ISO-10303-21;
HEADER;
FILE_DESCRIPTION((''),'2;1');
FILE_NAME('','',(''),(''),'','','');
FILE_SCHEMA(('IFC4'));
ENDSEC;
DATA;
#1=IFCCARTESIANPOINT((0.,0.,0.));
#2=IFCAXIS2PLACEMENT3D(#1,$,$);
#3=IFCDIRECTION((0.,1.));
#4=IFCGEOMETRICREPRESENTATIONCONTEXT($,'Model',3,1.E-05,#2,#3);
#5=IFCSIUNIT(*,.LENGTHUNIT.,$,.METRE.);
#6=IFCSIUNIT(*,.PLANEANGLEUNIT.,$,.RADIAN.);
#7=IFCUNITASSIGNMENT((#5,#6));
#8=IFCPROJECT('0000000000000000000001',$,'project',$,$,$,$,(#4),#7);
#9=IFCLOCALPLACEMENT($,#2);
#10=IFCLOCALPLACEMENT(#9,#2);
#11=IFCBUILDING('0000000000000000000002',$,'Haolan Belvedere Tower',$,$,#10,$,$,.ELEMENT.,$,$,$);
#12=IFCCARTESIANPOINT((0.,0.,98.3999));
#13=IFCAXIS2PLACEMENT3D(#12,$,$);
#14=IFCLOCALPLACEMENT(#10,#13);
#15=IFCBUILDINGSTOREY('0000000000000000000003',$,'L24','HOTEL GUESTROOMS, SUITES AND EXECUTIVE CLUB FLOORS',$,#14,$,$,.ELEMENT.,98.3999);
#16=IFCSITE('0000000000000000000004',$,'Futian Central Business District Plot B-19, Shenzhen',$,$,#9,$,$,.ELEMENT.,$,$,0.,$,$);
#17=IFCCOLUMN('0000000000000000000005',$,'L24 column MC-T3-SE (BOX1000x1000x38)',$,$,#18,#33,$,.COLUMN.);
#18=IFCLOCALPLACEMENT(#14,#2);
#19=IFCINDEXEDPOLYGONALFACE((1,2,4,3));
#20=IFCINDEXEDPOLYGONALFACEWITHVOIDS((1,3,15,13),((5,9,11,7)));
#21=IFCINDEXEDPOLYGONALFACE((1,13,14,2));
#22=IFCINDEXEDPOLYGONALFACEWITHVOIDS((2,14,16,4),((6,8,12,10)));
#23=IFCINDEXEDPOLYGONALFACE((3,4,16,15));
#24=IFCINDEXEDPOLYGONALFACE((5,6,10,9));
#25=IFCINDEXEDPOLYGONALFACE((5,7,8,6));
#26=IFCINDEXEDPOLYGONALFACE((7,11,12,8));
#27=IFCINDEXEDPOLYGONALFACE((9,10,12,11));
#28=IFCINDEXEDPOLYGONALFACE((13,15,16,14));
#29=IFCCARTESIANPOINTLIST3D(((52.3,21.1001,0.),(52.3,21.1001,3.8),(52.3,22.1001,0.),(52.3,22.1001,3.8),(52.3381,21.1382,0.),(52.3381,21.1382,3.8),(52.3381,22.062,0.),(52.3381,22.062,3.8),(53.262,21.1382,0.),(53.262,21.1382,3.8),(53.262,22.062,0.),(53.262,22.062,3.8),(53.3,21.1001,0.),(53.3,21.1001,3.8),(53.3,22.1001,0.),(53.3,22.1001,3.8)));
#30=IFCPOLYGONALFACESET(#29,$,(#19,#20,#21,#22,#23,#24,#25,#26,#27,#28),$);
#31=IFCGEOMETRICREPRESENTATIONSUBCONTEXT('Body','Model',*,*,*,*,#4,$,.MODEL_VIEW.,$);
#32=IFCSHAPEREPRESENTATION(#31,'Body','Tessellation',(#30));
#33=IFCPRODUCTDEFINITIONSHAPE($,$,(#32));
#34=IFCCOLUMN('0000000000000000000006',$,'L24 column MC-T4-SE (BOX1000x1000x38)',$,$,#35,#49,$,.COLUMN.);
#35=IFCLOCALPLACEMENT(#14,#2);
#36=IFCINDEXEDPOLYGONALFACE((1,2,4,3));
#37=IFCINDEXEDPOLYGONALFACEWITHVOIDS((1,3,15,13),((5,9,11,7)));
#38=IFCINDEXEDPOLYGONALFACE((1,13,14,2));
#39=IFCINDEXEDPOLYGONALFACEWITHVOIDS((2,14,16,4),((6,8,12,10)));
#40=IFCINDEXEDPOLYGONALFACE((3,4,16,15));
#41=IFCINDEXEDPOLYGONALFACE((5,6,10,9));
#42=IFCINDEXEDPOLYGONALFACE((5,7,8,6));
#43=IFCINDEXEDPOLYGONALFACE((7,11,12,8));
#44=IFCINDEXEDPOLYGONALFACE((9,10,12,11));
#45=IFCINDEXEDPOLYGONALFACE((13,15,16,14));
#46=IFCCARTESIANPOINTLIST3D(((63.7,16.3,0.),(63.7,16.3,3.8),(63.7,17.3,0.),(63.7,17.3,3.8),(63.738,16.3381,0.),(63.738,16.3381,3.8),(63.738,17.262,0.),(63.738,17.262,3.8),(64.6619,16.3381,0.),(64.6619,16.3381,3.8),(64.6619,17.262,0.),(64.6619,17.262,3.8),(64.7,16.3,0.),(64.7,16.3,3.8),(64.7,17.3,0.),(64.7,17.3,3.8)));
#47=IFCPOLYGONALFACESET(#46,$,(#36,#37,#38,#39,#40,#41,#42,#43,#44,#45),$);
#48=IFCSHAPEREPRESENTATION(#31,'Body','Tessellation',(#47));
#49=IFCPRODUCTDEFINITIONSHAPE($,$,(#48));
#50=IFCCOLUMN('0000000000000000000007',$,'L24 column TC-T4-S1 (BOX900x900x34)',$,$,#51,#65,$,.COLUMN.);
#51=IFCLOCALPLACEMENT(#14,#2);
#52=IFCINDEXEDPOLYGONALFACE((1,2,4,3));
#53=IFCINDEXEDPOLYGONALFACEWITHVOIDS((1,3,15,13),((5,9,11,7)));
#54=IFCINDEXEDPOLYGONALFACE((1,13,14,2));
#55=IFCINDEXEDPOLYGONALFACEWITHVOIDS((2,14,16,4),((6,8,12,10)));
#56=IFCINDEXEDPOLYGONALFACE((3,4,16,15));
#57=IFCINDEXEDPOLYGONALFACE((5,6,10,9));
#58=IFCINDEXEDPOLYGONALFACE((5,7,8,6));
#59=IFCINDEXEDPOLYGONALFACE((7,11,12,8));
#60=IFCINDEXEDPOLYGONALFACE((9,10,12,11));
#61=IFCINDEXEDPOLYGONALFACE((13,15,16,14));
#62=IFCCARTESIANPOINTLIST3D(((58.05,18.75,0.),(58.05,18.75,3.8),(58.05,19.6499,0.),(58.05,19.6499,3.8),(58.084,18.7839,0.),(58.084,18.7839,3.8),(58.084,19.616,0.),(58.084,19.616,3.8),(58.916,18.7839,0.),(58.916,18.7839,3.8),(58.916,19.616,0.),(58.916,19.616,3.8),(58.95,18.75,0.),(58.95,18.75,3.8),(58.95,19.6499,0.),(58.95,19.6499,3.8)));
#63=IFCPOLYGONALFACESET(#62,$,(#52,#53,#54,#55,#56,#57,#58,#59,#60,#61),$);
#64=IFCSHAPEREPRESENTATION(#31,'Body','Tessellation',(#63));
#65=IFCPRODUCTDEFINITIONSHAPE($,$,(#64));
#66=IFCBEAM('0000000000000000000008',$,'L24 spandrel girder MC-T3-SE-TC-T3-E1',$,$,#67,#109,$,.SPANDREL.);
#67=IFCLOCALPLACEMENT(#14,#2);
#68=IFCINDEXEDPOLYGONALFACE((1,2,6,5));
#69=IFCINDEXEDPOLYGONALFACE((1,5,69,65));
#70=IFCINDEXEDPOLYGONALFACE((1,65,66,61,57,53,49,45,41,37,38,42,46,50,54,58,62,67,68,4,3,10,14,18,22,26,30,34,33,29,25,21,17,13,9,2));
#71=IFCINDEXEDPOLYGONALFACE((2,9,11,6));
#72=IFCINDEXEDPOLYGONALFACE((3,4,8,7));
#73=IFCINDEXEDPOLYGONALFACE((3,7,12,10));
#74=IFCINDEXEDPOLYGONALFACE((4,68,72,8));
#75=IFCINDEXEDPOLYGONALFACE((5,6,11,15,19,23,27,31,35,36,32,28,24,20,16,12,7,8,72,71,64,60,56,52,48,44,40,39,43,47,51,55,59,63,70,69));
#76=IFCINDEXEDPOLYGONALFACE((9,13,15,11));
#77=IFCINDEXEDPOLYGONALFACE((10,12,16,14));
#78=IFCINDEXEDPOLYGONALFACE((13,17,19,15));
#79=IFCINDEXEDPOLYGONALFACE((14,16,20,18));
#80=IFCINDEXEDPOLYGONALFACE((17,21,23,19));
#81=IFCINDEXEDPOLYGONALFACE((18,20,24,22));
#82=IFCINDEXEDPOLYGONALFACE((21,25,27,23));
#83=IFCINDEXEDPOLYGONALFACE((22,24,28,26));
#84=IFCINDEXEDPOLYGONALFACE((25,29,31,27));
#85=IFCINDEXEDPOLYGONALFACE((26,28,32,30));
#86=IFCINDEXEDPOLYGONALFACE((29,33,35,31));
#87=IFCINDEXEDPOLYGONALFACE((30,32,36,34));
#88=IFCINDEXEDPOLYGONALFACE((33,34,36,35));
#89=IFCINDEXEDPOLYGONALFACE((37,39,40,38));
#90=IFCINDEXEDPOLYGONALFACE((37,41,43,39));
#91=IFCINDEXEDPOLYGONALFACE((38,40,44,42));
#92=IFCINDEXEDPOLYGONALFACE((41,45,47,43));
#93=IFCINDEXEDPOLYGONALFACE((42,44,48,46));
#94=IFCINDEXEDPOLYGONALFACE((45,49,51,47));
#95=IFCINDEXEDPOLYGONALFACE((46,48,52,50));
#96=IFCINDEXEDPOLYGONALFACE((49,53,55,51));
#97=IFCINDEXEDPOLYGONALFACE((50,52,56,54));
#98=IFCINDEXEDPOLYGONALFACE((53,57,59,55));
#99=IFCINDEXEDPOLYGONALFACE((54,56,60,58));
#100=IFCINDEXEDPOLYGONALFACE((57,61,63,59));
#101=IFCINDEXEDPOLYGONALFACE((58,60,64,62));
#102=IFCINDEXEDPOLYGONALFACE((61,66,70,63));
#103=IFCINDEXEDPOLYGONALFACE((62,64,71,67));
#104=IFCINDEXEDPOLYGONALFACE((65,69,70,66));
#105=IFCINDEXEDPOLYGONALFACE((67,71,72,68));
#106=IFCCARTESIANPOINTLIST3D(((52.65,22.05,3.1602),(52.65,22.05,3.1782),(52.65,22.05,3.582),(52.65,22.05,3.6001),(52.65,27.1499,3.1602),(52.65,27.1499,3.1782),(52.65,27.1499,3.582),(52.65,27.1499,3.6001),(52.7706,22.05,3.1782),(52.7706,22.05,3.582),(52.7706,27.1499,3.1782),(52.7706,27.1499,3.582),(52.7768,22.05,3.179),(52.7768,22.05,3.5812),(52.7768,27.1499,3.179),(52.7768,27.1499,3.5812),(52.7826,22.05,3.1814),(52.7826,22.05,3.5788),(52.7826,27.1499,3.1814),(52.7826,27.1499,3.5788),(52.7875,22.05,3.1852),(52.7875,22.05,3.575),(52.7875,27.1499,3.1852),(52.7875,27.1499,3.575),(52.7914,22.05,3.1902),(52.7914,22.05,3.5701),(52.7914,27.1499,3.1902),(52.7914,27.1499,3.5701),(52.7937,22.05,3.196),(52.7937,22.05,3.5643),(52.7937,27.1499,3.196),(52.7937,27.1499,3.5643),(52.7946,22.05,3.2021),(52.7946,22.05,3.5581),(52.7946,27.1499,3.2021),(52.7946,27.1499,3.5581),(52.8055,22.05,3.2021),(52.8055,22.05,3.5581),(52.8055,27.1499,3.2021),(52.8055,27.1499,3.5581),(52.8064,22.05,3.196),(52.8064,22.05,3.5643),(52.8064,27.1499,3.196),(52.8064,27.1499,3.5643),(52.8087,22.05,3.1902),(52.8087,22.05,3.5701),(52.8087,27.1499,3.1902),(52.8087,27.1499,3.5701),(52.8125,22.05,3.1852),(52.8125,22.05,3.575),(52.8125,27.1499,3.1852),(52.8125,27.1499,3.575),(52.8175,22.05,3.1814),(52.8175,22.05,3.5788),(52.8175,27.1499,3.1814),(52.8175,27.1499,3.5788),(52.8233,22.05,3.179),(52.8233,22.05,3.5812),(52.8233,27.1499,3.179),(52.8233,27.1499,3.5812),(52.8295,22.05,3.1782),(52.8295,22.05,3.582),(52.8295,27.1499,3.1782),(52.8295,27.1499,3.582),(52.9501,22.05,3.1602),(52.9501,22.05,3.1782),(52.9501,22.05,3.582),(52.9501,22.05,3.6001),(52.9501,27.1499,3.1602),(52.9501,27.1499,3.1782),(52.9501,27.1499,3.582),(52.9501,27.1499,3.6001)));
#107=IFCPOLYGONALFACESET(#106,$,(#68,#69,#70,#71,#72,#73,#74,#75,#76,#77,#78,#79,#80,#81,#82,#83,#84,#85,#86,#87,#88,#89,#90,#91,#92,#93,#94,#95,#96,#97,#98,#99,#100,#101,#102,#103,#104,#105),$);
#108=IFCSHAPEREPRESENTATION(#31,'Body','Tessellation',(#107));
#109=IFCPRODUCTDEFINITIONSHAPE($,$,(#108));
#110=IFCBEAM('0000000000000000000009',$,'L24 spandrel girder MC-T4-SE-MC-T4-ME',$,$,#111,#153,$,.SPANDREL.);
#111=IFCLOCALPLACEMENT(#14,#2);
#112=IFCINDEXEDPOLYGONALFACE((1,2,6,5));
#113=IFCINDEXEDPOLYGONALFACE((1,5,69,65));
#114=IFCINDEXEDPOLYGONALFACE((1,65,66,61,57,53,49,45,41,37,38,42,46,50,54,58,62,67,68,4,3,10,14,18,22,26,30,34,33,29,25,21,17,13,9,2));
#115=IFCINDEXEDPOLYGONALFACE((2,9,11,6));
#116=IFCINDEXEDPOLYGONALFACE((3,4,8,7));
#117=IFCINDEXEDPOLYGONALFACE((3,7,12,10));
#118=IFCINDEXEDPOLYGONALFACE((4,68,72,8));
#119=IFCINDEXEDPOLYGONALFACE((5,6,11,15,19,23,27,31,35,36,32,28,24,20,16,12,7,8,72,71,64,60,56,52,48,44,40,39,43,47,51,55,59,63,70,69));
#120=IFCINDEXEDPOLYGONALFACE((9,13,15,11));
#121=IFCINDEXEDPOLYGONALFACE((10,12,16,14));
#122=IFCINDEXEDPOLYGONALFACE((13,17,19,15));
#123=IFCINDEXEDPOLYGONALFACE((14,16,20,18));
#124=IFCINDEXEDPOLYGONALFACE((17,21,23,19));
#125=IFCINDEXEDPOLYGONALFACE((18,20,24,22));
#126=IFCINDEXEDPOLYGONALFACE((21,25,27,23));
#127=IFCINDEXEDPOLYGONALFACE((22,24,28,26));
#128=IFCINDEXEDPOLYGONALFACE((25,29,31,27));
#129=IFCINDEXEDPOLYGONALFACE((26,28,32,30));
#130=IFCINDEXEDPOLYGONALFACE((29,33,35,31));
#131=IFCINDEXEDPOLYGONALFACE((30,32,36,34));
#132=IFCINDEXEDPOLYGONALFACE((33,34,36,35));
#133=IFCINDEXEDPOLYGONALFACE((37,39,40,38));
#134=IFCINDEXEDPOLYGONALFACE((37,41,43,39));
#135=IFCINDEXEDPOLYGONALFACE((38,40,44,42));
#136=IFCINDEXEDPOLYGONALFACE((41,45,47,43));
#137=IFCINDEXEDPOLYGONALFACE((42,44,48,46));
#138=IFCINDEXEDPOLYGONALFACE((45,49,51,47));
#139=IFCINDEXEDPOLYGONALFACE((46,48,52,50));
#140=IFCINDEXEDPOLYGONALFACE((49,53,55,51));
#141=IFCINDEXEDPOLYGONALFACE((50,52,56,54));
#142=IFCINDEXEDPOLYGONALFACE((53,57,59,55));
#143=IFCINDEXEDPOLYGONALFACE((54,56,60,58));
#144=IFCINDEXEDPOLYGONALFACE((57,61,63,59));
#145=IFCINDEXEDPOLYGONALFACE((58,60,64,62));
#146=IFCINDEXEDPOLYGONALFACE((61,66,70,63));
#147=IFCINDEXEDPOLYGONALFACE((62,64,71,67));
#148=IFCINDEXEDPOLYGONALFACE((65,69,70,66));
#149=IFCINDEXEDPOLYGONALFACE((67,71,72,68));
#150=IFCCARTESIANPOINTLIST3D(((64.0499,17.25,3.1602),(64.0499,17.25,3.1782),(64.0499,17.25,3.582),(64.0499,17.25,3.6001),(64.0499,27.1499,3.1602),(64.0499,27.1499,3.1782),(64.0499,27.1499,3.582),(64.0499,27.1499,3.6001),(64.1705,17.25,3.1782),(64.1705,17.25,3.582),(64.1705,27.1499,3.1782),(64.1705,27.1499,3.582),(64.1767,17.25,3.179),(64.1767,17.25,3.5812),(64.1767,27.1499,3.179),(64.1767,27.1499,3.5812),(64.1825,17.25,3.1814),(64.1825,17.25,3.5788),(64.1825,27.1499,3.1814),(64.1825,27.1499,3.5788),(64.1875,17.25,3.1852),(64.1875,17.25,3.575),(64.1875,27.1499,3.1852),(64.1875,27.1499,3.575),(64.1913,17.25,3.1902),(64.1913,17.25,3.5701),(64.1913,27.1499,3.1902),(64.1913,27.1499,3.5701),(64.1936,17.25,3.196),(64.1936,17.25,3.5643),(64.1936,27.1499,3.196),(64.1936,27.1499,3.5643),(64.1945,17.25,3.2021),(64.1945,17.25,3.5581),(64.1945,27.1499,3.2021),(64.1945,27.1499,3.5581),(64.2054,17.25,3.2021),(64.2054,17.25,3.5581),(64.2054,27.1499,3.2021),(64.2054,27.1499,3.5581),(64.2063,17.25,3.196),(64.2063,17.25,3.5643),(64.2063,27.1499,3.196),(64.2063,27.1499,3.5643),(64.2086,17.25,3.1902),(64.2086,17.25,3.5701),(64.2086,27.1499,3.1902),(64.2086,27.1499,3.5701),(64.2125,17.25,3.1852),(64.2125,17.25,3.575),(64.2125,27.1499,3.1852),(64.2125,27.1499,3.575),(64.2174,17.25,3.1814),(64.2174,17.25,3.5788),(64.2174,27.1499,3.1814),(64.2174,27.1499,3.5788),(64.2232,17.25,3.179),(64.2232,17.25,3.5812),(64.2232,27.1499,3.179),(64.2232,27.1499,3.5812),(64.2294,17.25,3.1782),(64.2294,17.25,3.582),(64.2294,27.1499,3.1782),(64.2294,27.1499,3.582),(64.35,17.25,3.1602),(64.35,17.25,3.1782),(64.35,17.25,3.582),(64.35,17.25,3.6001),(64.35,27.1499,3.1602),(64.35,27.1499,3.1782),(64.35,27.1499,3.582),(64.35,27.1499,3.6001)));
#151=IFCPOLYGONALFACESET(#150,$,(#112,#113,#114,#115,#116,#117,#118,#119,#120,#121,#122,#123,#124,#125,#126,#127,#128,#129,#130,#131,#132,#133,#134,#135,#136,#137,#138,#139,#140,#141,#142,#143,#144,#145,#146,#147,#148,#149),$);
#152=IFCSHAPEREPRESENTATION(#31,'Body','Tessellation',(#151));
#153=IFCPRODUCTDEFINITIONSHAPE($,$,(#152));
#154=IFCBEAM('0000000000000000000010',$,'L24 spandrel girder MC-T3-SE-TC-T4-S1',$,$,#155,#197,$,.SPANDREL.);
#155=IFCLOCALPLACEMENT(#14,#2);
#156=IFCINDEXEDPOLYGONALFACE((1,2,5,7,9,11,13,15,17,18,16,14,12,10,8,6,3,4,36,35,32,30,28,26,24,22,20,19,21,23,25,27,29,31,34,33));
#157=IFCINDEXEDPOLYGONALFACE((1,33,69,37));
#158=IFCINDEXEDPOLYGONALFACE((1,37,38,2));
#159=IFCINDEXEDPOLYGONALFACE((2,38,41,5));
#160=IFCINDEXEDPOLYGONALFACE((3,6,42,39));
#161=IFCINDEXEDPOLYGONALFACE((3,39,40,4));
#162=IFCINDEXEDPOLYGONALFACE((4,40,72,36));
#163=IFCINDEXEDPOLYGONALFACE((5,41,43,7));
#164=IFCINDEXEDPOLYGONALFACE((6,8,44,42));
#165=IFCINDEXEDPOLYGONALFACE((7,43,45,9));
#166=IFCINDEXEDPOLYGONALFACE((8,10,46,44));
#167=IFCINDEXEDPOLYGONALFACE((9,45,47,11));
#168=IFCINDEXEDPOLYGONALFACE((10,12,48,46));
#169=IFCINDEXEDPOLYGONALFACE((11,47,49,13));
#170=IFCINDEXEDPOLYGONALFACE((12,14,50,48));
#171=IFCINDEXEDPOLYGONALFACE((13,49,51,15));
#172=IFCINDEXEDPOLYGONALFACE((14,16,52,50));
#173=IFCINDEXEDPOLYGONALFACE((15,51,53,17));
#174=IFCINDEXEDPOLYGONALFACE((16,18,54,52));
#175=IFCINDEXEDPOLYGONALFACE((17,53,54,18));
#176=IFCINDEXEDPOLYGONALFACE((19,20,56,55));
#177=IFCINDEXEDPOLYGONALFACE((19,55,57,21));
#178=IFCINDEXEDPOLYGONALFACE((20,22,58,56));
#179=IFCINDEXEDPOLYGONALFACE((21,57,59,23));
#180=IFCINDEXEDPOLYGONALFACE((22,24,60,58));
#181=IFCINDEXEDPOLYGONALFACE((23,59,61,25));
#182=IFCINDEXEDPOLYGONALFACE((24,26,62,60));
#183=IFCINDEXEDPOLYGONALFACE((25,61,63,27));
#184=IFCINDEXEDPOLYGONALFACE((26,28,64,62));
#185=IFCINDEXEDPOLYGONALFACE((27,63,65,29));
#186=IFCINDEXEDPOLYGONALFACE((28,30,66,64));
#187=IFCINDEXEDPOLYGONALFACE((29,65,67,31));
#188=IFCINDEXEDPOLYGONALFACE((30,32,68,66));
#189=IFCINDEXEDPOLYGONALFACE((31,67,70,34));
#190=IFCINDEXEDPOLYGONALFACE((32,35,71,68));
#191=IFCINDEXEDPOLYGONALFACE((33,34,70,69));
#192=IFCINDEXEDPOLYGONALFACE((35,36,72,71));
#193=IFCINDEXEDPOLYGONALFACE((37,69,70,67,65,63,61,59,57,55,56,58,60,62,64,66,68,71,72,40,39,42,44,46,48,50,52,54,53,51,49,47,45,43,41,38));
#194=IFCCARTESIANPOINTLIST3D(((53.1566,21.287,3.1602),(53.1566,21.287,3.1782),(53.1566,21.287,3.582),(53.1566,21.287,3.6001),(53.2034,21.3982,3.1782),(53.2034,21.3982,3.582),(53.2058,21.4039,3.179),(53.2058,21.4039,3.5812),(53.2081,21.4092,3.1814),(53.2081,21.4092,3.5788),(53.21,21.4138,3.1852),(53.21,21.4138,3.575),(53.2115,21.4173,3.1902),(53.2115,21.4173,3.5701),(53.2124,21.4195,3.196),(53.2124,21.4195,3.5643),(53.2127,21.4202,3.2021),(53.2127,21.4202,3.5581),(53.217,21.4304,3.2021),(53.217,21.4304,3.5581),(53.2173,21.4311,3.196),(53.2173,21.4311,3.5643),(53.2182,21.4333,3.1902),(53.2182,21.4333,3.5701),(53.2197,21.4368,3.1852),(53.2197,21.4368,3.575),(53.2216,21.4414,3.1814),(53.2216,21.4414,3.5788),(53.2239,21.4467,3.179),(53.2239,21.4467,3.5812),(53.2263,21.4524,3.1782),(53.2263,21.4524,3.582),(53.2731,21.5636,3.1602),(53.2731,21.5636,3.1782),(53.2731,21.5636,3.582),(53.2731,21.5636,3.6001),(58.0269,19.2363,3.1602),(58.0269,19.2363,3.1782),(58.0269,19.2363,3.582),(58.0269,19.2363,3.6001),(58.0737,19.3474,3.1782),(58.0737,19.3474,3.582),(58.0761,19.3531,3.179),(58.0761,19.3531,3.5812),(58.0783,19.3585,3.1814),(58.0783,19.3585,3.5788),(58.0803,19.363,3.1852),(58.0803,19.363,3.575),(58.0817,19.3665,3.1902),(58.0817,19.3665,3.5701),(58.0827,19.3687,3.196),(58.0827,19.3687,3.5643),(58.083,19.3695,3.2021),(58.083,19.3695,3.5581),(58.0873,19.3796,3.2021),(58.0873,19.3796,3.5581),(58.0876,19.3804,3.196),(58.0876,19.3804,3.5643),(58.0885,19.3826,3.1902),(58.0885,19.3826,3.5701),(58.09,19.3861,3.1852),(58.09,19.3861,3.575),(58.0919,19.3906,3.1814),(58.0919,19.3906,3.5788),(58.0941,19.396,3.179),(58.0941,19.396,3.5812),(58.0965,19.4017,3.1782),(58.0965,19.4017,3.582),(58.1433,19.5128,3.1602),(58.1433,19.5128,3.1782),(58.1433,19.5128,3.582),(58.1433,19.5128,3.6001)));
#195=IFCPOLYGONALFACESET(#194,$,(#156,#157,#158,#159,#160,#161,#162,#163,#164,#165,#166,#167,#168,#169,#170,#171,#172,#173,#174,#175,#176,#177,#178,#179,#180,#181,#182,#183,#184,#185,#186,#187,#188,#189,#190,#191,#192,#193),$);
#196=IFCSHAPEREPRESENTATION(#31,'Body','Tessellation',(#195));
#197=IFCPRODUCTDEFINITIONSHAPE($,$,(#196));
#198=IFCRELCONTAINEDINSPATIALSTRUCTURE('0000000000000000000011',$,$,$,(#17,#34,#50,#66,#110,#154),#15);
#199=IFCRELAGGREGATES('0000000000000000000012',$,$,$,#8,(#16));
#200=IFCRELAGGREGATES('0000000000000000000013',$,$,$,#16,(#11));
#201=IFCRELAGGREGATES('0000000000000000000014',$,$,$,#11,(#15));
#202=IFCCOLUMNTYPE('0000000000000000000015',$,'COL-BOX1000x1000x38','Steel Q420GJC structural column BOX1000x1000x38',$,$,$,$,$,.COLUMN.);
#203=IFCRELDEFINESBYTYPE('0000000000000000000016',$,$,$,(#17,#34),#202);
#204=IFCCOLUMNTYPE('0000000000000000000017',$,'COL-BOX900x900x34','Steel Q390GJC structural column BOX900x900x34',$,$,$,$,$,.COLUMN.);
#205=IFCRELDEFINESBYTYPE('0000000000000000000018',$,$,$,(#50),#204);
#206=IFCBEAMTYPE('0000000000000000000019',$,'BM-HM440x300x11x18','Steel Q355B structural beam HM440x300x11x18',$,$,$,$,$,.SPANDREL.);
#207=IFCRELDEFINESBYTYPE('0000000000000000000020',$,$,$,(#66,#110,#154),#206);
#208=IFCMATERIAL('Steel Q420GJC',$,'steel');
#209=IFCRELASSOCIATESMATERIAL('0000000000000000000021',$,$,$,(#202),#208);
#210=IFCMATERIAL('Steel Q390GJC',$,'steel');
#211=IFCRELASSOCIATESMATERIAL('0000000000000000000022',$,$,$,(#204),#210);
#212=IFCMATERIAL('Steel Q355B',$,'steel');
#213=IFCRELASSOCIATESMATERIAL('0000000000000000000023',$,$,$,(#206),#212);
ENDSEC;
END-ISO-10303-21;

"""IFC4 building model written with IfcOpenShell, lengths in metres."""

from ifc_helpers import new_model, si_unit, direction, frame, origin, origin_2d, place, context, subcontext, project, spatial, hollow_rectangle, i_section, extrude, material, material_profile, profile_set, type_object, element, save


model = new_model("IFC4")

# Units and contexts
model_context = context("Model", 3, precision=1e-05, world=origin(), true_north=direction((0.0, 1.0)))
body_context = subcontext(model_context, "Body", "Model", "MODEL_VIEW")
ifc_project = project(units=[si_unit("LENGTHUNIT", "METRE"), si_unit("PLANEANGLEUNIT", "RADIAN")], contexts=[model_context])

# Site, building, storey
site_placement = place(None, origin())
site = spatial("IfcSite", under=ifc_project, at=site_placement, Name="Futian Central Business District Plot B-19, Shenzhen", CompositionType="ELEMENT", RefElevation=0.0)
building_placement = place(site_placement, origin())
building = spatial("IfcBuilding", under=site, at=building_placement, Name="Haolan Belvedere Tower", CompositionType="ELEMENT")
storey_placement = place(building_placement, frame((0.0, 0.0, 98.3999)))
storey = spatial("IfcBuildingStorey", under=building, at=storey_placement, Name="L24", Description="HOTEL GUESTROOMS, SUITES AND EXECUTIVE CLUB FLOORS", CompositionType="ELEMENT", Elevation=98.3999)

# Columns
ifc_material_1 = material(Name="Steel Q420GJC", Category="steel")
ifc_material_profile_1 = material_profile(ifc_material_1, hollow_rectangle(XDim=1.0, YDim=1.0, WallThickness=0.0381, at=origin_2d()), Name="Steel Q420GJC")
ifc_profile_set_1 = profile_set([ifc_material_profile_1], Name="Steel Q420GJC")
column_type_1 = type_object("IfcColumnType", Name="COL-BOX1000x1000x38", Description="Steel Q420GJC structural column BOX1000x1000x38", PredefinedType="COLUMN", material=ifc_profile_set_1)
for number, where, z_axis, x_axis, name in (
    (1, (52.8, 21.6001, 0.0), (0.0, 0.0, 1.0), (1.0, 0.0, 0.0), "L24 column MC-T3-SE (BOX1000x1000x38)"),
    (2, (64.2, 16.8, 0.0), (0.0, 0.0, 1.0), (1.0, 0.0, 0.0), "L24 column MC-T4-SE (BOX1000x1000x38)"),
):
    element("IfcColumn", number, at=place(storey_placement, frame(where, z_axis=z_axis, x_axis=x_axis)), inside=storey, type_object=column_type_1, Name=name, PredefinedType="COLUMN", context=body_context, shape_type="SweptSolid", body=[
        extrude(hollow_rectangle(XDim=1.0, YDim=1.0, WallThickness=0.0381, at=origin_2d()), origin(), (0.0, 0.0, 1.0), 3.8),
    ])
ifc_material_2 = material(Name="Steel Q390GJC", Category="steel")
ifc_material_profile_2 = material_profile(ifc_material_2, hollow_rectangle(XDim=0.8999, YDim=0.8999, WallThickness=0.0339, at=origin_2d()), Name="Steel Q390GJC")
ifc_profile_set_2 = profile_set([ifc_material_profile_2], Name="Steel Q390GJC")
column_type_2 = type_object("IfcColumnType", Name="COL-BOX900x900x34", Description="Steel Q390GJC structural column BOX900x900x34", PredefinedType="COLUMN", material=ifc_profile_set_2)
column_placement = place(storey_placement, frame((58.5, 19.2, 0.0), z_axis=(0.0, 0.0, 1.0), x_axis=(1.0, 0.0, 0.0)))
element("IfcColumn", 3, at=column_placement, inside=storey, type_object=column_type_2, Name="L24 column TC-T4-S1 (BOX900x900x34)", PredefinedType="COLUMN", context=body_context, shape_type="SweptSolid", body=[
    extrude(hollow_rectangle(XDim=0.8999, YDim=0.8999, WallThickness=0.0339, at=origin_2d()), origin(), (0.0, 0.0, 1.0), 3.8),
])

# Beams
ifc_material_3 = material(Name="Steel Q355B", Category="steel")
ifc_material_profile_3 = material_profile(ifc_material_3, i_section(OverallWidth=0.3, OverallDepth=0.4399, WebThickness=0.011, FlangeThickness=0.0181, FilletRadius=0.0239, at=origin_2d()), Name="Steel Q355B")
ifc_profile_set_3 = profile_set([ifc_material_profile_3], Name="Steel Q355B")
beam_type_1 = type_object("IfcBeamType", Name="BM-HM440x300x11x18", Description="Steel Q355B structural beam HM440x300x11x18", PredefinedType="SPANDREL", material=ifc_profile_set_3)
beam_1_placement = place(storey_placement, frame((52.8, 22.05, 3.3801), z_axis=(0.0, 1.0, 0.0), x_axis=(-1.0, 0.0, 0.0)))
element("IfcBeam", 4, at=beam_1_placement, inside=storey, type_object=beam_type_1, Name="L24 spandrel girder MC-T3-SE-TC-T3-E1", PredefinedType="SPANDREL", context=body_context, shape_type="SweptSolid", body=[
    extrude(i_section(OverallWidth=0.3, OverallDepth=0.4399, WebThickness=0.011, FlangeThickness=0.0181, FilletRadius=0.0239, at=origin_2d()), origin(), (0.0, 0.0, 1.0), 5.0999),
])
beam_2_placement = place(storey_placement, frame((64.2, 17.25, 3.3801), z_axis=(0.0, 1.0, 0.0), x_axis=(-1.0, 0.0, 0.0)))
element("IfcBeam", 5, at=beam_2_placement, inside=storey, type_object=beam_type_1, Name="L24 spandrel girder MC-T4-SE-MC-T4-ME", PredefinedType="SPANDREL", context=body_context, shape_type="SweptSolid", body=[
    extrude(i_section(OverallWidth=0.3, OverallDepth=0.4399, WebThickness=0.011, FlangeThickness=0.0181, FilletRadius=0.0239, at=origin_2d()), origin(), (0.0, 0.0, 1.0), 9.8999),
])
for number, where, z_axis, x_axis, name in (
    (6, (53.2148, 21.4253, 3.3801), (0.921628, -0.388074, 0.0), (0.388074, 0.921628, 0.0), "L24 spandrel girder MC-T3-SE-TC-T4-S1"),
):
    element("IfcBeam", number, at=place(storey_placement, frame(where, z_axis=z_axis, x_axis=x_axis)), inside=storey, type_object=beam_type_1, Name=name, PredefinedType="SPANDREL", context=body_context, shape_type="SweptSolid", body=[
        extrude(i_section(OverallWidth=0.3, OverallDepth=0.4399, WebThickness=0.011, FlangeThickness=0.0181, FilletRadius=0.0239, at=origin_2d()), origin(), (0.0, 0.0, 1.0), 5.2844),
    ])

save(model, "model.ifc")
